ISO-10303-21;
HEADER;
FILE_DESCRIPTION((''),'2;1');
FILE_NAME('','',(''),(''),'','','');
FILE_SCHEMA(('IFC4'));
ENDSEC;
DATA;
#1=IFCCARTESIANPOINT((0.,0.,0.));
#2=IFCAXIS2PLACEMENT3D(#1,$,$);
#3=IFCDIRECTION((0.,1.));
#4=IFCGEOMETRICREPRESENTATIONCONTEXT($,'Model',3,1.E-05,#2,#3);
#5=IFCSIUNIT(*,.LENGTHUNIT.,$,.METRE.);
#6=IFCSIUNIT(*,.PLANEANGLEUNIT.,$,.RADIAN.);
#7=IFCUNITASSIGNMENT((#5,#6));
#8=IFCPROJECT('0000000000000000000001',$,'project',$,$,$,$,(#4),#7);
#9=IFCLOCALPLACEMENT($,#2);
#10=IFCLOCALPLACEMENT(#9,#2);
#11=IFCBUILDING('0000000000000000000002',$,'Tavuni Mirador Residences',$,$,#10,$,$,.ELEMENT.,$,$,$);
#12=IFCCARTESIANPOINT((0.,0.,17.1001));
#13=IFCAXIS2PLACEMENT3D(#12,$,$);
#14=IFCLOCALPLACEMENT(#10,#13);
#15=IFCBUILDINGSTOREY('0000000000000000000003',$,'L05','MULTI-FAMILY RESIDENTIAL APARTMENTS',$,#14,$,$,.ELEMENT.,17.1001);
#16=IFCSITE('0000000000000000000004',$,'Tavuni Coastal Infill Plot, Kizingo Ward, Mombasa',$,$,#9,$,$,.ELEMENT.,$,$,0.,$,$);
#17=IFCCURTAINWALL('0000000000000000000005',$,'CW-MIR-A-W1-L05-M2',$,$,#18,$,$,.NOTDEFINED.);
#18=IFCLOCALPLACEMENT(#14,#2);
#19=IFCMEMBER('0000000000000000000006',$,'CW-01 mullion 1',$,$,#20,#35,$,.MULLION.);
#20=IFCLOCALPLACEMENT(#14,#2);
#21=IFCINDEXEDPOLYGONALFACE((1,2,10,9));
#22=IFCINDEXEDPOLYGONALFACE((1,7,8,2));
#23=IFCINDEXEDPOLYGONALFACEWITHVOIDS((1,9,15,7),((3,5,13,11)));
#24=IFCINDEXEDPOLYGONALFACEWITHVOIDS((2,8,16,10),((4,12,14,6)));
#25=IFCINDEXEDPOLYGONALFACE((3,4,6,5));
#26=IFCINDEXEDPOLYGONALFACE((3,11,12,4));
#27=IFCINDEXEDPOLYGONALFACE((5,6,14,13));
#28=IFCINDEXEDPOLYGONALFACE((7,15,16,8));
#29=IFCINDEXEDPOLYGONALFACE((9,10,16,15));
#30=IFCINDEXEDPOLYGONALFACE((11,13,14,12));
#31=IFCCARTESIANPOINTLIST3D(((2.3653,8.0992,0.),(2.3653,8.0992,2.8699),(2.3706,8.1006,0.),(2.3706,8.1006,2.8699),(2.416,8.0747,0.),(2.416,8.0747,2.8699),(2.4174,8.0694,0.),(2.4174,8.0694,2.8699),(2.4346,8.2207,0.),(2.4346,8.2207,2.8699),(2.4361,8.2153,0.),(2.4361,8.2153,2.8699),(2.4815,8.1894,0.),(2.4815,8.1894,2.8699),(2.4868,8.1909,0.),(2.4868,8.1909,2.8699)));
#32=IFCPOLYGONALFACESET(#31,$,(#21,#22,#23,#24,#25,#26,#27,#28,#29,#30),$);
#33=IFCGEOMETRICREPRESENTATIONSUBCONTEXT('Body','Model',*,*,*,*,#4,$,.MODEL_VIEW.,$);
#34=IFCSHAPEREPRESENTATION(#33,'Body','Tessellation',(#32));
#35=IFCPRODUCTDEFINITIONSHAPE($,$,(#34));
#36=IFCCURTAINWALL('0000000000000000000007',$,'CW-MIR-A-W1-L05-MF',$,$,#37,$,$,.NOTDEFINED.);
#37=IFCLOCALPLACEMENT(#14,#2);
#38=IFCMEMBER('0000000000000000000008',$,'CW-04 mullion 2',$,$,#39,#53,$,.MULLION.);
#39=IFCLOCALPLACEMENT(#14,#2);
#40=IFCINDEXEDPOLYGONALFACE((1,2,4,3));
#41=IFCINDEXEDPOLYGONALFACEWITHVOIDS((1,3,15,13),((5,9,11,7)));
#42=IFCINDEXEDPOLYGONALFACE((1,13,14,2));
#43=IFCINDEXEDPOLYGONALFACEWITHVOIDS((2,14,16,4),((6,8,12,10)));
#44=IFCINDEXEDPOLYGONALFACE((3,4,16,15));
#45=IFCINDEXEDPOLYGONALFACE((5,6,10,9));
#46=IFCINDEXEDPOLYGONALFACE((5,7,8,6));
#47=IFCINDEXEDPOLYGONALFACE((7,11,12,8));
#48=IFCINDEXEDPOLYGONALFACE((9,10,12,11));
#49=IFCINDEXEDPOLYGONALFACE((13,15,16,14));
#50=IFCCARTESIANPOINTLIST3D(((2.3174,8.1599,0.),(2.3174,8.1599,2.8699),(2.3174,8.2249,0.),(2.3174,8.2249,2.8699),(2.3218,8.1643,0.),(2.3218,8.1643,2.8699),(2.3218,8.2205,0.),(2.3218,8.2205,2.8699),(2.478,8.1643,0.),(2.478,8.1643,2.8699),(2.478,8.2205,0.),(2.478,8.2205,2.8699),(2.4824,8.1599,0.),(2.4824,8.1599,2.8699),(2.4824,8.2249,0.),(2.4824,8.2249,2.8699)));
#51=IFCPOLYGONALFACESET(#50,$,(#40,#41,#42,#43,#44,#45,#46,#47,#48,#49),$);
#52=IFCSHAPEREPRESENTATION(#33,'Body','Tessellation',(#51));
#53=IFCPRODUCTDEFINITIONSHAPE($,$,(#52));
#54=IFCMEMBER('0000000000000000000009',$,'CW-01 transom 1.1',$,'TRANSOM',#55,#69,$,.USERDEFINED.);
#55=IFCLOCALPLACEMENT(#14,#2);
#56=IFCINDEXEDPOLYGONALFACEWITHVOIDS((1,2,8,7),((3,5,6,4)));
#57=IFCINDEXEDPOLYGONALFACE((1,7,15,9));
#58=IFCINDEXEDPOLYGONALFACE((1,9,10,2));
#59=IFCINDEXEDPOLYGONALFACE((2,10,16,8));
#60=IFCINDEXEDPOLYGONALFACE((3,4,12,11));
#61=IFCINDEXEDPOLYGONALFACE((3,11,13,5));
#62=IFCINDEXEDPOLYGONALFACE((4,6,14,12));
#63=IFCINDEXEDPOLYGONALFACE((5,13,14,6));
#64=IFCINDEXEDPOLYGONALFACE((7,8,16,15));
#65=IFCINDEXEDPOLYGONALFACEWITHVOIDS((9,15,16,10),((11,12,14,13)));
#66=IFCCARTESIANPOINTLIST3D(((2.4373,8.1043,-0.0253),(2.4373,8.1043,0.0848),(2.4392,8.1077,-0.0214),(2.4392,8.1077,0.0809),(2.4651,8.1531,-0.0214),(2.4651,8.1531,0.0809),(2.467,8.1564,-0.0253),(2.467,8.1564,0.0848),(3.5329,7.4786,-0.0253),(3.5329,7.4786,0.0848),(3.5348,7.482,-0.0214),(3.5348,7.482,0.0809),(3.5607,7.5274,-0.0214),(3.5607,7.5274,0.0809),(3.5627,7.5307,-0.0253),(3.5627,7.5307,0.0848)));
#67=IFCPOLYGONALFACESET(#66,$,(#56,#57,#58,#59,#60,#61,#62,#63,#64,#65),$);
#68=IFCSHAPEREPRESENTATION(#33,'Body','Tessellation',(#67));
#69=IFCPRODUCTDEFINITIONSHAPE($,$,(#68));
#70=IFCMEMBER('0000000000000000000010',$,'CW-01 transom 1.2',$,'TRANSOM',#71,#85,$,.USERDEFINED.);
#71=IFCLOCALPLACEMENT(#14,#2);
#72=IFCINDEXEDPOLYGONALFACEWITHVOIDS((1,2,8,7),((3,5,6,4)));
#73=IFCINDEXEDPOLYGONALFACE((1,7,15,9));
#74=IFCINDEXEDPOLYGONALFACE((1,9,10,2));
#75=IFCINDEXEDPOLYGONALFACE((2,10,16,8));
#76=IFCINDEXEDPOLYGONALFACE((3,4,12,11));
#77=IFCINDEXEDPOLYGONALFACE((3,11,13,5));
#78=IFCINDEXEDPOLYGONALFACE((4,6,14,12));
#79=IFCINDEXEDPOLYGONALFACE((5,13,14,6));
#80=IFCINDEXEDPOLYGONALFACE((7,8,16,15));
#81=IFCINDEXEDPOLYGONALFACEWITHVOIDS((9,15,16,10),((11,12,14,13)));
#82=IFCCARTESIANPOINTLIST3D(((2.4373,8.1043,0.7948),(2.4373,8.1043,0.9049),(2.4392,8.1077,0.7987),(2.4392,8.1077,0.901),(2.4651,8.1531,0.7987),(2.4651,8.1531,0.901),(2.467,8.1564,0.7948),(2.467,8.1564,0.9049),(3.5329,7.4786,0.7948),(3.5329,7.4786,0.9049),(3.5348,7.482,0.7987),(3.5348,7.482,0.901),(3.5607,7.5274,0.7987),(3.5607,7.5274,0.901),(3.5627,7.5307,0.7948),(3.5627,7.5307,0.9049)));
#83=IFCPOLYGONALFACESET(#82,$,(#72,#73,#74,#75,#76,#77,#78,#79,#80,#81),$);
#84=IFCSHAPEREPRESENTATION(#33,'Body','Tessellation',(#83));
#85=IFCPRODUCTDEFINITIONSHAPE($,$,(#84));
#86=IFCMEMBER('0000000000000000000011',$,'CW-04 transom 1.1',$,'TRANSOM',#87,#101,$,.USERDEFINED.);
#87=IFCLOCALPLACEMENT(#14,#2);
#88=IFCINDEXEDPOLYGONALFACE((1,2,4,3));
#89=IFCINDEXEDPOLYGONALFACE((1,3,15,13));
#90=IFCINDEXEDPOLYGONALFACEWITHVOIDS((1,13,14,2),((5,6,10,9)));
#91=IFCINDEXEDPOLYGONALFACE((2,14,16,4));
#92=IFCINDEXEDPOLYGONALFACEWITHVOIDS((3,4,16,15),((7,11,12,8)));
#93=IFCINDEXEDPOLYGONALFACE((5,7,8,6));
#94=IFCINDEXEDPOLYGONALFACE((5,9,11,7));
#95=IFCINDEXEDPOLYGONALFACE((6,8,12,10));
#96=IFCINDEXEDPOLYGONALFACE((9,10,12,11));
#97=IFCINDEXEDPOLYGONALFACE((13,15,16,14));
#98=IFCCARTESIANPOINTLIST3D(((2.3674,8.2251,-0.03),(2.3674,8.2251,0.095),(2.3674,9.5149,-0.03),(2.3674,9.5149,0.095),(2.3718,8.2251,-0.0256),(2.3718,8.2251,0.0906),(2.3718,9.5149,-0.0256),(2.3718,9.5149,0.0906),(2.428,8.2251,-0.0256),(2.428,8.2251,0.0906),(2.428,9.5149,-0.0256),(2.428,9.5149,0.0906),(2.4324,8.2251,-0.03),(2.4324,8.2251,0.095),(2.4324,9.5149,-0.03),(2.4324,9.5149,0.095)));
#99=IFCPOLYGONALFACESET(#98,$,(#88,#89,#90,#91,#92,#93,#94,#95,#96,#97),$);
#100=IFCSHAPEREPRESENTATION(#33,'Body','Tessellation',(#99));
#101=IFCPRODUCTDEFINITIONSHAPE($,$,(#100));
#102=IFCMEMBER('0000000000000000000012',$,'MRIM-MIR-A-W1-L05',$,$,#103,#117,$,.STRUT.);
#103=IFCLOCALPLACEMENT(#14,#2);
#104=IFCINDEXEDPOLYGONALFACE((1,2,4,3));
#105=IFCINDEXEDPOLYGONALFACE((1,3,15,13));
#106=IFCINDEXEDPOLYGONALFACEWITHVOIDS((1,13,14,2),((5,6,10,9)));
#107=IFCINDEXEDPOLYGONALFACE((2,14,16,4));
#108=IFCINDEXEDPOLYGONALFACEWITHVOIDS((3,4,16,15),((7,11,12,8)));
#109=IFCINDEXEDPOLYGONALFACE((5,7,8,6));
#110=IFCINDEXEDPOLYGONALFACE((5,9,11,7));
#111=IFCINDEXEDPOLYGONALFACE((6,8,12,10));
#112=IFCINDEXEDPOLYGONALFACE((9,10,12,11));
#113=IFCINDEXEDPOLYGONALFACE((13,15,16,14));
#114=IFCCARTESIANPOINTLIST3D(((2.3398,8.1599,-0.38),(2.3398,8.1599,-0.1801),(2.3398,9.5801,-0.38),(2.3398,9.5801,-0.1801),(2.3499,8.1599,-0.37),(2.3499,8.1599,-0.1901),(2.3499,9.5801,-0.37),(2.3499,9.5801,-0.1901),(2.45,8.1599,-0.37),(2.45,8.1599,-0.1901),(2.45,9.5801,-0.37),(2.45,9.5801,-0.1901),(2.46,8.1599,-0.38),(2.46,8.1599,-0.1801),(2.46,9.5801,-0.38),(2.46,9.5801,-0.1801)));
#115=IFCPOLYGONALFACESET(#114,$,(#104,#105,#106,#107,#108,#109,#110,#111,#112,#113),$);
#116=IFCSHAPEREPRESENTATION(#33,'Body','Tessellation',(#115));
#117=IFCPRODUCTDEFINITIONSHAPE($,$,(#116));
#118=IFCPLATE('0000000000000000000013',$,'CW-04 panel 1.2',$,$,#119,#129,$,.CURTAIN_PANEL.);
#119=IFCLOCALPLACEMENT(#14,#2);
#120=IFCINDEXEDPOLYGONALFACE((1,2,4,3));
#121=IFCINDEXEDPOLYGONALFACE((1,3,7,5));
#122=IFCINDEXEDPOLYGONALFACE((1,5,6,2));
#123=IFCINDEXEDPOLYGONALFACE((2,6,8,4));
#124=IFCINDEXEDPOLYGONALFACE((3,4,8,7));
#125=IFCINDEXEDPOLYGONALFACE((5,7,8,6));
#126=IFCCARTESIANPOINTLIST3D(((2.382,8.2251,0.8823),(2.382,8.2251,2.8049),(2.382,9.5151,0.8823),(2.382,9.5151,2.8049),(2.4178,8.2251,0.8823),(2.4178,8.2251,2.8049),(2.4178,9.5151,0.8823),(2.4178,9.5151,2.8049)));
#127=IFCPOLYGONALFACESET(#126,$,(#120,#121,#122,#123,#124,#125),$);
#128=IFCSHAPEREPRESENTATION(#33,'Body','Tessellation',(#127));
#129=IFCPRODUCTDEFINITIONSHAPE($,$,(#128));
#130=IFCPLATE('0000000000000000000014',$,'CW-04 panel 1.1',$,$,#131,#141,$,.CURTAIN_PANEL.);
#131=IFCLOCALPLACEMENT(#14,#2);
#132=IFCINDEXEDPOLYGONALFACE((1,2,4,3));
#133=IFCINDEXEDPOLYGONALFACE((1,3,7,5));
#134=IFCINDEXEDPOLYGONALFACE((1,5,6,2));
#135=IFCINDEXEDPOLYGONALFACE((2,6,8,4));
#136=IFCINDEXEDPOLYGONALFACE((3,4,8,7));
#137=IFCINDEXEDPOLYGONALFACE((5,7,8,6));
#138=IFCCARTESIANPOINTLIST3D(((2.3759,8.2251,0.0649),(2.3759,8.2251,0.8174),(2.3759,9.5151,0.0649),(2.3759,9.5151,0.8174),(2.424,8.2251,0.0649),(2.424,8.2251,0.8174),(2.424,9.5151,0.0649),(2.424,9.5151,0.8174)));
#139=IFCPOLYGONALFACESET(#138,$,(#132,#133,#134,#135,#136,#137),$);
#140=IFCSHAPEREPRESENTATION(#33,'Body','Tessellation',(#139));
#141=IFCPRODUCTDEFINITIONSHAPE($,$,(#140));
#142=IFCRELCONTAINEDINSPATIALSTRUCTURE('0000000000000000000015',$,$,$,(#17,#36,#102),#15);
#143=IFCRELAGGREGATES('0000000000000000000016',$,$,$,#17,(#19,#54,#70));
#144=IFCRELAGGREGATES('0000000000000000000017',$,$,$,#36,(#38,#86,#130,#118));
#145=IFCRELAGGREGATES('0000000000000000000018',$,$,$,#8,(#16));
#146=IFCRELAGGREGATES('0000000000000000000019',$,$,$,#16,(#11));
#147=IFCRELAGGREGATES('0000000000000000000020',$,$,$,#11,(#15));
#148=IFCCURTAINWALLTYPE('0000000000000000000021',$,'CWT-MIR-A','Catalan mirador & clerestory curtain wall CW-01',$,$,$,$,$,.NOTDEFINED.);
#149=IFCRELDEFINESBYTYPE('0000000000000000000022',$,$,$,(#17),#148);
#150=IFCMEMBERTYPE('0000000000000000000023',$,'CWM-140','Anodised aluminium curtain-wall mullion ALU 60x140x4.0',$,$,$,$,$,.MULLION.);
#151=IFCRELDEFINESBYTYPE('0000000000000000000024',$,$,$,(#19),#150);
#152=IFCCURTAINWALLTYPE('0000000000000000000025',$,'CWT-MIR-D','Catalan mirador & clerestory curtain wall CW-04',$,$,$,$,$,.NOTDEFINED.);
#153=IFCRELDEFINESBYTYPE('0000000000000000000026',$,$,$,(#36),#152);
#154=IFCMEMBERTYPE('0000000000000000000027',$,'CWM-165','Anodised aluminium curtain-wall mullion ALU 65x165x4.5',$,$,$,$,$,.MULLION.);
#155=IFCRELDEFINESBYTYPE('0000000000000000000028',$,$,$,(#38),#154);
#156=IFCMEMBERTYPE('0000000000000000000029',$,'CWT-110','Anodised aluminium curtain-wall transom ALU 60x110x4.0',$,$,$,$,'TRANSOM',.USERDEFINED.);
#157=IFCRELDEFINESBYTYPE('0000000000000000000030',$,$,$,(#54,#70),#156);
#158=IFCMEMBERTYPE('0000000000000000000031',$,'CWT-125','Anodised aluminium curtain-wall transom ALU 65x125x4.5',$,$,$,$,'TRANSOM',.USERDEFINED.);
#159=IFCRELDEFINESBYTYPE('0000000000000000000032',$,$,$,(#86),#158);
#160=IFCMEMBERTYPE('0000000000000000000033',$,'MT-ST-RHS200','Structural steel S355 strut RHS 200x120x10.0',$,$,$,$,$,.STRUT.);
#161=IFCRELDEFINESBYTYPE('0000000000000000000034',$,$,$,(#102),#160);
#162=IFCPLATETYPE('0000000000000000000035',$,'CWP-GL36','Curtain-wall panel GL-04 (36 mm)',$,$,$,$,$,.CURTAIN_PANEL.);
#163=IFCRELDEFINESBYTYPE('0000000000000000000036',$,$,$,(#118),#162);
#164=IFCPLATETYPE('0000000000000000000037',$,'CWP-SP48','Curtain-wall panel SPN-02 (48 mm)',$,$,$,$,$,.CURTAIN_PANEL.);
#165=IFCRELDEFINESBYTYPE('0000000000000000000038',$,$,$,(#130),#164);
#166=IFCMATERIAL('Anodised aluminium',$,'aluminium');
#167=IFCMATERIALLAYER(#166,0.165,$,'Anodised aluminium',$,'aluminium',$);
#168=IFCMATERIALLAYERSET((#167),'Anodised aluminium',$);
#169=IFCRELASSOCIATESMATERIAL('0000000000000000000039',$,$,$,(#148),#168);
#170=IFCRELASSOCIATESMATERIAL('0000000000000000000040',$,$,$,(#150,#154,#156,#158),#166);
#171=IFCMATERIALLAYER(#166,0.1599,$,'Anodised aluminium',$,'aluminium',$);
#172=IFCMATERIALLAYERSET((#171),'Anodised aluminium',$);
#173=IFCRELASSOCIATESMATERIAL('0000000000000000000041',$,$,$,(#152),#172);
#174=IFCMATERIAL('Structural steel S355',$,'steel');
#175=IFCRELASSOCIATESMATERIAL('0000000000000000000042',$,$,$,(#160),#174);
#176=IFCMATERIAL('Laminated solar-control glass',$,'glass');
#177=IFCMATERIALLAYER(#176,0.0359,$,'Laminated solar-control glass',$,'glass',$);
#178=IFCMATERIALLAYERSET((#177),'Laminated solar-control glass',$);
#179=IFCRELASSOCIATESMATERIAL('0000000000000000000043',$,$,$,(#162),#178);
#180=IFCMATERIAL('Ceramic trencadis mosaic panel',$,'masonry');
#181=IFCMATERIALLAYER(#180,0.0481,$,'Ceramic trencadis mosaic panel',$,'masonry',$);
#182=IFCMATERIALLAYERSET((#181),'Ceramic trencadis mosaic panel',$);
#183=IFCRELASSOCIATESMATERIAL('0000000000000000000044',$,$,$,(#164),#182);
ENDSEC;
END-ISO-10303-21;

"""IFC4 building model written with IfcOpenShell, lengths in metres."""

from ifc_helpers import new_model, si_unit, direction, frame, origin, origin_2d, place, context, subcontext, project, spatial, rectangle, hollow_rectangle, extrude, material, layer, layer_set, material_profile, profile_set, type_object, element, aggregate, save


model = new_model("IFC4")

# Units and contexts
model_context = context("Model", 3, precision=1e-05, world=origin(), true_north=direction((0.0, 1.0)))
body_context = subcontext(model_context, "Body", "Model", "MODEL_VIEW")
ifc_project = project(units=[si_unit("LENGTHUNIT", "METRE"), si_unit("PLANEANGLEUNIT", "RADIAN")], contexts=[model_context])

# Site, building, storey
site_placement = place(None, origin())
site = spatial("IfcSite", under=ifc_project, at=site_placement, Name="Tavuni Coastal Infill Plot, Kizingo Ward, Mombasa", CompositionType="ELEMENT", RefElevation=0.0)
building_placement = place(site_placement, origin())
building = spatial("IfcBuilding", under=site, at=building_placement, Name="Tavuni Mirador Residences", CompositionType="ELEMENT")
storey_placement = place(building_placement, frame((0.0, 0.0, 17.1001)))
storey = spatial("IfcBuildingStorey", under=building, at=storey_placement, Name="L05", Description="MULTI-FAMILY RESIDENTIAL APARTMENTS", CompositionType="ELEMENT", Elevation=17.1001)

# Curtain walls, members
ifc_material_1 = material(Name="Anodised aluminium", Category="aluminium")
ifc_layer_1 = layer(ifc_material_1, 0.165, Name="Anodised aluminium", Category="aluminium")
ifc_layer_set_1 = layer_set([ifc_layer_1], Name="Anodised aluminium")
curtain_wall_type_1 = type_object("IfcCurtainWallType", Name="CWT-MIR-A", Description="Catalan mirador & clerestory curtain wall CW-01", PredefinedType="NOTDEFINED", material=ifc_layer_set_1)
curtain_wall_1_placement = place(storey_placement, origin())
curtain_wall_1 = element("IfcCurtainWall", 1, at=curtain_wall_1_placement, inside=storey, type_object=curtain_wall_type_1, Name="CW-MIR-A-W1-L05-M2", PredefinedType="NOTDEFINED")
ifc_material_profile_1 = material_profile(ifc_material_1, hollow_rectangle(XDim=0.0601, YDim=0.1399, WallThickness=0.0039, at=origin_2d()), Name="ALU 60x140x4.0", Category="aluminium")
ifc_profile_set_1 = profile_set([ifc_material_profile_1], Name="Anodised aluminium")
member_type_1 = type_object("IfcMemberType", Name="CWM-140", Description="Anodised aluminium curtain-wall mullion ALU 60x140x4.0", PredefinedType="MULLION", material=ifc_profile_set_1)
member_1_placement = place(storey_placement, frame((2.426, 8.145, 0.0), z_axis=(0.0, 0.0, 1.0), x_axis=(0.868466, -0.495749, 0.0)))
member_1 = element("IfcMember", 2, at=member_1_placement, type_object=member_type_1, Name="CW-01 mullion 1", PredefinedType="MULLION", context=body_context, shape_type="SweptSolid", body=[
    extrude(hollow_rectangle(XDim=0.0601, YDim=0.1399, WallThickness=0.0039, at=origin_2d()), origin(), (0.0, 0.0, 1.0), 2.8699),
])
ifc_layer_2 = layer(ifc_material_1, 0.1599, Name="Anodised aluminium", Category="aluminium")
ifc_layer_set_2 = layer_set([ifc_layer_2], Name="Anodised aluminium")
curtain_wall_type_2 = type_object("IfcCurtainWallType", Name="CWT-MIR-D", Description="Catalan mirador & clerestory curtain wall CW-04", PredefinedType="NOTDEFINED", material=ifc_layer_set_2)
curtain_wall_2_placement = place(storey_placement, origin())
curtain_wall_2 = element("IfcCurtainWall", 3, at=curtain_wall_2_placement, inside=storey, type_object=curtain_wall_type_2, Name="CW-MIR-A-W1-L05-MF", PredefinedType="NOTDEFINED")
ifc_material_profile_2 = material_profile(ifc_material_1, hollow_rectangle(XDim=0.0649, YDim=0.165, WallThickness=0.0044, at=origin_2d()), Name="ALU 65x165x4.5", Category="aluminium")
ifc_profile_set_2 = profile_set([ifc_material_profile_2], Name="Anodised aluminium")
member_type_2 = type_object("IfcMemberType", Name="CWM-165", Description="Anodised aluminium curtain-wall mullion ALU 65x165x4.5", PredefinedType="MULLION", material=ifc_profile_set_2)
member_2_placement = place(storey_placement, frame((2.3999, 8.1924, 0.0), z_axis=(0.0, 0.0, 1.0), x_axis=(0.0, -1.0, 0.0)))
member_2 = element("IfcMember", 4, at=member_2_placement, type_object=member_type_2, Name="CW-04 mullion 2", PredefinedType="MULLION", context=body_context, shape_type="SweptSolid", body=[
    extrude(hollow_rectangle(XDim=0.0649, YDim=0.165, WallThickness=0.0044, at=origin_2d()), origin(), (0.0, 0.0, 1.0), 2.8699),
])

# Members
ifc_material_profile_3 = material_profile(ifc_material_1, hollow_rectangle(XDim=0.0601, YDim=0.1101, WallThickness=0.0039, at=origin_2d()), Name="ALU 60x110x4.0", Category="aluminium")
ifc_profile_set_3 = profile_set([ifc_material_profile_3], Name="Anodised aluminium")
member_type_3 = type_object("IfcMemberType", Name="CWT-110", Description="Anodised aluminium curtain-wall transom ALU 60x110x4.0", ElementType="TRANSOM", PredefinedType="USERDEFINED", material=ifc_profile_set_3)
member_3_placement = place(storey_placement, frame((2.4521, 8.1304, 0.0298), z_axis=(0.868374, -0.49591, 0.0), x_axis=(0.49591, 0.868374, 0.0)))
member_3 = element("IfcMember", 5, at=member_3_placement, type_object=member_type_3, Name="CW-01 transom 1.1", ObjectType="TRANSOM", PredefinedType="USERDEFINED", context=body_context, shape_type="SweptSolid", body=[
    extrude(hollow_rectangle(XDim=0.0601, YDim=0.1101, WallThickness=0.0039, at=origin_2d()), origin(), (0.0, 0.0, 1.0), 1.2617),
])
member_4_placement = place(storey_placement, frame((2.4521, 8.1304, 0.8499), z_axis=(0.868374, -0.49591, 0.0), x_axis=(0.49591, 0.868374, 0.0)))
member_4 = element("IfcMember", 6, at=member_4_placement, type_object=member_type_3, Name="CW-01 transom 1.2", ObjectType="TRANSOM", PredefinedType="USERDEFINED", context=body_context, shape_type="SweptSolid", body=[
    extrude(hollow_rectangle(XDim=0.0601, YDim=0.1101, WallThickness=0.0039, at=origin_2d()), origin(), (0.0, 0.0, 1.0), 1.2617),
])
aggregate(curtain_wall_1, [member_1, member_3, member_4])
ifc_material_profile_4 = material_profile(ifc_material_1, hollow_rectangle(XDim=0.0649, YDim=0.125, WallThickness=0.0044, at=origin_2d()), Name="ALU 65x125x4.5", Category="aluminium")
ifc_profile_set_4 = profile_set([ifc_material_profile_4], Name="Anodised aluminium")
member_type_4 = type_object("IfcMemberType", Name="CWT-125", Description="Anodised aluminium curtain-wall transom ALU 65x125x4.5", ElementType="TRANSOM", PredefinedType="USERDEFINED", material=ifc_profile_set_4)
member_5_placement = place(storey_placement, frame((2.3999, 9.5149, 0.0325), z_axis=(0.0, -1.0, 0.0), x_axis=(1.0, 0.0, 0.0)))
member_5 = element("IfcMember", 7, at=member_5_placement, type_object=member_type_4, Name="CW-04 transom 1.1", ObjectType="TRANSOM", PredefinedType="USERDEFINED", context=body_context, shape_type="SweptSolid", body=[
    extrude(hollow_rectangle(XDim=0.0649, YDim=0.125, WallThickness=0.0044, at=origin_2d()), origin(), (0.0, 0.0, 1.0), 1.2898),
])
ifc_material_2 = material(Name="Structural steel S355", Category="steel")
ifc_material_profile_5 = material_profile(ifc_material_2, hollow_rectangle(XDim=0.1201, YDim=0.2, WallThickness=0.01, at=origin_2d()), Name="RHS 200x120x10.0", Category="steel")
ifc_profile_set_5 = profile_set([ifc_material_profile_5], Name="Structural steel S355")
member_type_5 = type_object("IfcMemberType", Name="MT-ST-RHS200", Description="Structural steel S355 strut RHS 200x120x10.0", PredefinedType="STRUT", material=ifc_profile_set_5)
member_6_placement = place(storey_placement, frame((2.3999, 8.1599, -0.28), z_axis=(0.0, 1.0, 0.0), x_axis=(-1.0, 0.0, 0.0)))
element("IfcMember", 8, at=member_6_placement, inside=storey, type_object=member_type_5, Name="MRIM-MIR-A-W1-L05", PredefinedType="STRUT", context=body_context, shape_type="SweptSolid", body=[
    extrude(hollow_rectangle(XDim=0.1201, YDim=0.2, WallThickness=0.01, at=origin_2d()), origin(), (0.0, 0.0, 1.0), 1.4202),
])

# Plates
ifc_material_3 = material(Name="Laminated solar-control glass", Category="glass")
ifc_layer_3 = layer(ifc_material_3, 0.0359, Name="Laminated solar-control glass", Category="glass")
ifc_layer_set_3 = layer_set([ifc_layer_3], Name="Laminated solar-control glass")
plate_type_1 = type_object("IfcPlateType", Name="CWP-GL36", Description="Curtain-wall panel GL-04 (36 mm)", PredefinedType="CURTAIN_PANEL", material=ifc_layer_set_3)
plate_1_placement = place(storey_placement, frame((2.3999, 8.8701, 0.8823), z_axis=(0.0, 0.0, 1.0), x_axis=(0.0, -1.0, 0.0)))
plate_1 = element("IfcPlate", 9, at=plate_1_placement, type_object=plate_type_1, Name="CW-04 panel 1.2", PredefinedType="CURTAIN_PANEL", context=body_context, shape_type="SweptSolid", body=[
    extrude(rectangle(XDim=1.29, YDim=0.0359, at=origin_2d()), origin(), (0.0, 0.0, 1.0), 1.9226),
])
ifc_material_4 = material(Name="Ceramic trencadis mosaic panel", Category="masonry")
ifc_layer_4 = layer(ifc_material_4, 0.0481, Name="Ceramic trencadis mosaic panel", Category="masonry")
ifc_layer_set_4 = layer_set([ifc_layer_4], Name="Ceramic trencadis mosaic panel")
plate_type_2 = type_object("IfcPlateType", Name="CWP-SP48", Description="Curtain-wall panel SPN-02 (48 mm)", PredefinedType="CURTAIN_PANEL", material=ifc_layer_set_4)
plate_2_placement = place(storey_placement, frame((2.3999, 8.8701, 0.0649), z_axis=(0.0, 0.0, 1.0), x_axis=(0.0, -1.0, 0.0)))
plate_2 = element("IfcPlate", 10, at=plate_2_placement, type_object=plate_type_2, Name="CW-04 panel 1.1", PredefinedType="CURTAIN_PANEL", context=body_context, shape_type="SweptSolid", body=[
    extrude(rectangle(XDim=1.29, YDim=0.0481, at=origin_2d()), origin(), (0.0, 0.0, 1.0), 0.7524),
])
aggregate(curtain_wall_2, [member_2, member_5, plate_2, plate_1])

save(model, "model.ifc")
